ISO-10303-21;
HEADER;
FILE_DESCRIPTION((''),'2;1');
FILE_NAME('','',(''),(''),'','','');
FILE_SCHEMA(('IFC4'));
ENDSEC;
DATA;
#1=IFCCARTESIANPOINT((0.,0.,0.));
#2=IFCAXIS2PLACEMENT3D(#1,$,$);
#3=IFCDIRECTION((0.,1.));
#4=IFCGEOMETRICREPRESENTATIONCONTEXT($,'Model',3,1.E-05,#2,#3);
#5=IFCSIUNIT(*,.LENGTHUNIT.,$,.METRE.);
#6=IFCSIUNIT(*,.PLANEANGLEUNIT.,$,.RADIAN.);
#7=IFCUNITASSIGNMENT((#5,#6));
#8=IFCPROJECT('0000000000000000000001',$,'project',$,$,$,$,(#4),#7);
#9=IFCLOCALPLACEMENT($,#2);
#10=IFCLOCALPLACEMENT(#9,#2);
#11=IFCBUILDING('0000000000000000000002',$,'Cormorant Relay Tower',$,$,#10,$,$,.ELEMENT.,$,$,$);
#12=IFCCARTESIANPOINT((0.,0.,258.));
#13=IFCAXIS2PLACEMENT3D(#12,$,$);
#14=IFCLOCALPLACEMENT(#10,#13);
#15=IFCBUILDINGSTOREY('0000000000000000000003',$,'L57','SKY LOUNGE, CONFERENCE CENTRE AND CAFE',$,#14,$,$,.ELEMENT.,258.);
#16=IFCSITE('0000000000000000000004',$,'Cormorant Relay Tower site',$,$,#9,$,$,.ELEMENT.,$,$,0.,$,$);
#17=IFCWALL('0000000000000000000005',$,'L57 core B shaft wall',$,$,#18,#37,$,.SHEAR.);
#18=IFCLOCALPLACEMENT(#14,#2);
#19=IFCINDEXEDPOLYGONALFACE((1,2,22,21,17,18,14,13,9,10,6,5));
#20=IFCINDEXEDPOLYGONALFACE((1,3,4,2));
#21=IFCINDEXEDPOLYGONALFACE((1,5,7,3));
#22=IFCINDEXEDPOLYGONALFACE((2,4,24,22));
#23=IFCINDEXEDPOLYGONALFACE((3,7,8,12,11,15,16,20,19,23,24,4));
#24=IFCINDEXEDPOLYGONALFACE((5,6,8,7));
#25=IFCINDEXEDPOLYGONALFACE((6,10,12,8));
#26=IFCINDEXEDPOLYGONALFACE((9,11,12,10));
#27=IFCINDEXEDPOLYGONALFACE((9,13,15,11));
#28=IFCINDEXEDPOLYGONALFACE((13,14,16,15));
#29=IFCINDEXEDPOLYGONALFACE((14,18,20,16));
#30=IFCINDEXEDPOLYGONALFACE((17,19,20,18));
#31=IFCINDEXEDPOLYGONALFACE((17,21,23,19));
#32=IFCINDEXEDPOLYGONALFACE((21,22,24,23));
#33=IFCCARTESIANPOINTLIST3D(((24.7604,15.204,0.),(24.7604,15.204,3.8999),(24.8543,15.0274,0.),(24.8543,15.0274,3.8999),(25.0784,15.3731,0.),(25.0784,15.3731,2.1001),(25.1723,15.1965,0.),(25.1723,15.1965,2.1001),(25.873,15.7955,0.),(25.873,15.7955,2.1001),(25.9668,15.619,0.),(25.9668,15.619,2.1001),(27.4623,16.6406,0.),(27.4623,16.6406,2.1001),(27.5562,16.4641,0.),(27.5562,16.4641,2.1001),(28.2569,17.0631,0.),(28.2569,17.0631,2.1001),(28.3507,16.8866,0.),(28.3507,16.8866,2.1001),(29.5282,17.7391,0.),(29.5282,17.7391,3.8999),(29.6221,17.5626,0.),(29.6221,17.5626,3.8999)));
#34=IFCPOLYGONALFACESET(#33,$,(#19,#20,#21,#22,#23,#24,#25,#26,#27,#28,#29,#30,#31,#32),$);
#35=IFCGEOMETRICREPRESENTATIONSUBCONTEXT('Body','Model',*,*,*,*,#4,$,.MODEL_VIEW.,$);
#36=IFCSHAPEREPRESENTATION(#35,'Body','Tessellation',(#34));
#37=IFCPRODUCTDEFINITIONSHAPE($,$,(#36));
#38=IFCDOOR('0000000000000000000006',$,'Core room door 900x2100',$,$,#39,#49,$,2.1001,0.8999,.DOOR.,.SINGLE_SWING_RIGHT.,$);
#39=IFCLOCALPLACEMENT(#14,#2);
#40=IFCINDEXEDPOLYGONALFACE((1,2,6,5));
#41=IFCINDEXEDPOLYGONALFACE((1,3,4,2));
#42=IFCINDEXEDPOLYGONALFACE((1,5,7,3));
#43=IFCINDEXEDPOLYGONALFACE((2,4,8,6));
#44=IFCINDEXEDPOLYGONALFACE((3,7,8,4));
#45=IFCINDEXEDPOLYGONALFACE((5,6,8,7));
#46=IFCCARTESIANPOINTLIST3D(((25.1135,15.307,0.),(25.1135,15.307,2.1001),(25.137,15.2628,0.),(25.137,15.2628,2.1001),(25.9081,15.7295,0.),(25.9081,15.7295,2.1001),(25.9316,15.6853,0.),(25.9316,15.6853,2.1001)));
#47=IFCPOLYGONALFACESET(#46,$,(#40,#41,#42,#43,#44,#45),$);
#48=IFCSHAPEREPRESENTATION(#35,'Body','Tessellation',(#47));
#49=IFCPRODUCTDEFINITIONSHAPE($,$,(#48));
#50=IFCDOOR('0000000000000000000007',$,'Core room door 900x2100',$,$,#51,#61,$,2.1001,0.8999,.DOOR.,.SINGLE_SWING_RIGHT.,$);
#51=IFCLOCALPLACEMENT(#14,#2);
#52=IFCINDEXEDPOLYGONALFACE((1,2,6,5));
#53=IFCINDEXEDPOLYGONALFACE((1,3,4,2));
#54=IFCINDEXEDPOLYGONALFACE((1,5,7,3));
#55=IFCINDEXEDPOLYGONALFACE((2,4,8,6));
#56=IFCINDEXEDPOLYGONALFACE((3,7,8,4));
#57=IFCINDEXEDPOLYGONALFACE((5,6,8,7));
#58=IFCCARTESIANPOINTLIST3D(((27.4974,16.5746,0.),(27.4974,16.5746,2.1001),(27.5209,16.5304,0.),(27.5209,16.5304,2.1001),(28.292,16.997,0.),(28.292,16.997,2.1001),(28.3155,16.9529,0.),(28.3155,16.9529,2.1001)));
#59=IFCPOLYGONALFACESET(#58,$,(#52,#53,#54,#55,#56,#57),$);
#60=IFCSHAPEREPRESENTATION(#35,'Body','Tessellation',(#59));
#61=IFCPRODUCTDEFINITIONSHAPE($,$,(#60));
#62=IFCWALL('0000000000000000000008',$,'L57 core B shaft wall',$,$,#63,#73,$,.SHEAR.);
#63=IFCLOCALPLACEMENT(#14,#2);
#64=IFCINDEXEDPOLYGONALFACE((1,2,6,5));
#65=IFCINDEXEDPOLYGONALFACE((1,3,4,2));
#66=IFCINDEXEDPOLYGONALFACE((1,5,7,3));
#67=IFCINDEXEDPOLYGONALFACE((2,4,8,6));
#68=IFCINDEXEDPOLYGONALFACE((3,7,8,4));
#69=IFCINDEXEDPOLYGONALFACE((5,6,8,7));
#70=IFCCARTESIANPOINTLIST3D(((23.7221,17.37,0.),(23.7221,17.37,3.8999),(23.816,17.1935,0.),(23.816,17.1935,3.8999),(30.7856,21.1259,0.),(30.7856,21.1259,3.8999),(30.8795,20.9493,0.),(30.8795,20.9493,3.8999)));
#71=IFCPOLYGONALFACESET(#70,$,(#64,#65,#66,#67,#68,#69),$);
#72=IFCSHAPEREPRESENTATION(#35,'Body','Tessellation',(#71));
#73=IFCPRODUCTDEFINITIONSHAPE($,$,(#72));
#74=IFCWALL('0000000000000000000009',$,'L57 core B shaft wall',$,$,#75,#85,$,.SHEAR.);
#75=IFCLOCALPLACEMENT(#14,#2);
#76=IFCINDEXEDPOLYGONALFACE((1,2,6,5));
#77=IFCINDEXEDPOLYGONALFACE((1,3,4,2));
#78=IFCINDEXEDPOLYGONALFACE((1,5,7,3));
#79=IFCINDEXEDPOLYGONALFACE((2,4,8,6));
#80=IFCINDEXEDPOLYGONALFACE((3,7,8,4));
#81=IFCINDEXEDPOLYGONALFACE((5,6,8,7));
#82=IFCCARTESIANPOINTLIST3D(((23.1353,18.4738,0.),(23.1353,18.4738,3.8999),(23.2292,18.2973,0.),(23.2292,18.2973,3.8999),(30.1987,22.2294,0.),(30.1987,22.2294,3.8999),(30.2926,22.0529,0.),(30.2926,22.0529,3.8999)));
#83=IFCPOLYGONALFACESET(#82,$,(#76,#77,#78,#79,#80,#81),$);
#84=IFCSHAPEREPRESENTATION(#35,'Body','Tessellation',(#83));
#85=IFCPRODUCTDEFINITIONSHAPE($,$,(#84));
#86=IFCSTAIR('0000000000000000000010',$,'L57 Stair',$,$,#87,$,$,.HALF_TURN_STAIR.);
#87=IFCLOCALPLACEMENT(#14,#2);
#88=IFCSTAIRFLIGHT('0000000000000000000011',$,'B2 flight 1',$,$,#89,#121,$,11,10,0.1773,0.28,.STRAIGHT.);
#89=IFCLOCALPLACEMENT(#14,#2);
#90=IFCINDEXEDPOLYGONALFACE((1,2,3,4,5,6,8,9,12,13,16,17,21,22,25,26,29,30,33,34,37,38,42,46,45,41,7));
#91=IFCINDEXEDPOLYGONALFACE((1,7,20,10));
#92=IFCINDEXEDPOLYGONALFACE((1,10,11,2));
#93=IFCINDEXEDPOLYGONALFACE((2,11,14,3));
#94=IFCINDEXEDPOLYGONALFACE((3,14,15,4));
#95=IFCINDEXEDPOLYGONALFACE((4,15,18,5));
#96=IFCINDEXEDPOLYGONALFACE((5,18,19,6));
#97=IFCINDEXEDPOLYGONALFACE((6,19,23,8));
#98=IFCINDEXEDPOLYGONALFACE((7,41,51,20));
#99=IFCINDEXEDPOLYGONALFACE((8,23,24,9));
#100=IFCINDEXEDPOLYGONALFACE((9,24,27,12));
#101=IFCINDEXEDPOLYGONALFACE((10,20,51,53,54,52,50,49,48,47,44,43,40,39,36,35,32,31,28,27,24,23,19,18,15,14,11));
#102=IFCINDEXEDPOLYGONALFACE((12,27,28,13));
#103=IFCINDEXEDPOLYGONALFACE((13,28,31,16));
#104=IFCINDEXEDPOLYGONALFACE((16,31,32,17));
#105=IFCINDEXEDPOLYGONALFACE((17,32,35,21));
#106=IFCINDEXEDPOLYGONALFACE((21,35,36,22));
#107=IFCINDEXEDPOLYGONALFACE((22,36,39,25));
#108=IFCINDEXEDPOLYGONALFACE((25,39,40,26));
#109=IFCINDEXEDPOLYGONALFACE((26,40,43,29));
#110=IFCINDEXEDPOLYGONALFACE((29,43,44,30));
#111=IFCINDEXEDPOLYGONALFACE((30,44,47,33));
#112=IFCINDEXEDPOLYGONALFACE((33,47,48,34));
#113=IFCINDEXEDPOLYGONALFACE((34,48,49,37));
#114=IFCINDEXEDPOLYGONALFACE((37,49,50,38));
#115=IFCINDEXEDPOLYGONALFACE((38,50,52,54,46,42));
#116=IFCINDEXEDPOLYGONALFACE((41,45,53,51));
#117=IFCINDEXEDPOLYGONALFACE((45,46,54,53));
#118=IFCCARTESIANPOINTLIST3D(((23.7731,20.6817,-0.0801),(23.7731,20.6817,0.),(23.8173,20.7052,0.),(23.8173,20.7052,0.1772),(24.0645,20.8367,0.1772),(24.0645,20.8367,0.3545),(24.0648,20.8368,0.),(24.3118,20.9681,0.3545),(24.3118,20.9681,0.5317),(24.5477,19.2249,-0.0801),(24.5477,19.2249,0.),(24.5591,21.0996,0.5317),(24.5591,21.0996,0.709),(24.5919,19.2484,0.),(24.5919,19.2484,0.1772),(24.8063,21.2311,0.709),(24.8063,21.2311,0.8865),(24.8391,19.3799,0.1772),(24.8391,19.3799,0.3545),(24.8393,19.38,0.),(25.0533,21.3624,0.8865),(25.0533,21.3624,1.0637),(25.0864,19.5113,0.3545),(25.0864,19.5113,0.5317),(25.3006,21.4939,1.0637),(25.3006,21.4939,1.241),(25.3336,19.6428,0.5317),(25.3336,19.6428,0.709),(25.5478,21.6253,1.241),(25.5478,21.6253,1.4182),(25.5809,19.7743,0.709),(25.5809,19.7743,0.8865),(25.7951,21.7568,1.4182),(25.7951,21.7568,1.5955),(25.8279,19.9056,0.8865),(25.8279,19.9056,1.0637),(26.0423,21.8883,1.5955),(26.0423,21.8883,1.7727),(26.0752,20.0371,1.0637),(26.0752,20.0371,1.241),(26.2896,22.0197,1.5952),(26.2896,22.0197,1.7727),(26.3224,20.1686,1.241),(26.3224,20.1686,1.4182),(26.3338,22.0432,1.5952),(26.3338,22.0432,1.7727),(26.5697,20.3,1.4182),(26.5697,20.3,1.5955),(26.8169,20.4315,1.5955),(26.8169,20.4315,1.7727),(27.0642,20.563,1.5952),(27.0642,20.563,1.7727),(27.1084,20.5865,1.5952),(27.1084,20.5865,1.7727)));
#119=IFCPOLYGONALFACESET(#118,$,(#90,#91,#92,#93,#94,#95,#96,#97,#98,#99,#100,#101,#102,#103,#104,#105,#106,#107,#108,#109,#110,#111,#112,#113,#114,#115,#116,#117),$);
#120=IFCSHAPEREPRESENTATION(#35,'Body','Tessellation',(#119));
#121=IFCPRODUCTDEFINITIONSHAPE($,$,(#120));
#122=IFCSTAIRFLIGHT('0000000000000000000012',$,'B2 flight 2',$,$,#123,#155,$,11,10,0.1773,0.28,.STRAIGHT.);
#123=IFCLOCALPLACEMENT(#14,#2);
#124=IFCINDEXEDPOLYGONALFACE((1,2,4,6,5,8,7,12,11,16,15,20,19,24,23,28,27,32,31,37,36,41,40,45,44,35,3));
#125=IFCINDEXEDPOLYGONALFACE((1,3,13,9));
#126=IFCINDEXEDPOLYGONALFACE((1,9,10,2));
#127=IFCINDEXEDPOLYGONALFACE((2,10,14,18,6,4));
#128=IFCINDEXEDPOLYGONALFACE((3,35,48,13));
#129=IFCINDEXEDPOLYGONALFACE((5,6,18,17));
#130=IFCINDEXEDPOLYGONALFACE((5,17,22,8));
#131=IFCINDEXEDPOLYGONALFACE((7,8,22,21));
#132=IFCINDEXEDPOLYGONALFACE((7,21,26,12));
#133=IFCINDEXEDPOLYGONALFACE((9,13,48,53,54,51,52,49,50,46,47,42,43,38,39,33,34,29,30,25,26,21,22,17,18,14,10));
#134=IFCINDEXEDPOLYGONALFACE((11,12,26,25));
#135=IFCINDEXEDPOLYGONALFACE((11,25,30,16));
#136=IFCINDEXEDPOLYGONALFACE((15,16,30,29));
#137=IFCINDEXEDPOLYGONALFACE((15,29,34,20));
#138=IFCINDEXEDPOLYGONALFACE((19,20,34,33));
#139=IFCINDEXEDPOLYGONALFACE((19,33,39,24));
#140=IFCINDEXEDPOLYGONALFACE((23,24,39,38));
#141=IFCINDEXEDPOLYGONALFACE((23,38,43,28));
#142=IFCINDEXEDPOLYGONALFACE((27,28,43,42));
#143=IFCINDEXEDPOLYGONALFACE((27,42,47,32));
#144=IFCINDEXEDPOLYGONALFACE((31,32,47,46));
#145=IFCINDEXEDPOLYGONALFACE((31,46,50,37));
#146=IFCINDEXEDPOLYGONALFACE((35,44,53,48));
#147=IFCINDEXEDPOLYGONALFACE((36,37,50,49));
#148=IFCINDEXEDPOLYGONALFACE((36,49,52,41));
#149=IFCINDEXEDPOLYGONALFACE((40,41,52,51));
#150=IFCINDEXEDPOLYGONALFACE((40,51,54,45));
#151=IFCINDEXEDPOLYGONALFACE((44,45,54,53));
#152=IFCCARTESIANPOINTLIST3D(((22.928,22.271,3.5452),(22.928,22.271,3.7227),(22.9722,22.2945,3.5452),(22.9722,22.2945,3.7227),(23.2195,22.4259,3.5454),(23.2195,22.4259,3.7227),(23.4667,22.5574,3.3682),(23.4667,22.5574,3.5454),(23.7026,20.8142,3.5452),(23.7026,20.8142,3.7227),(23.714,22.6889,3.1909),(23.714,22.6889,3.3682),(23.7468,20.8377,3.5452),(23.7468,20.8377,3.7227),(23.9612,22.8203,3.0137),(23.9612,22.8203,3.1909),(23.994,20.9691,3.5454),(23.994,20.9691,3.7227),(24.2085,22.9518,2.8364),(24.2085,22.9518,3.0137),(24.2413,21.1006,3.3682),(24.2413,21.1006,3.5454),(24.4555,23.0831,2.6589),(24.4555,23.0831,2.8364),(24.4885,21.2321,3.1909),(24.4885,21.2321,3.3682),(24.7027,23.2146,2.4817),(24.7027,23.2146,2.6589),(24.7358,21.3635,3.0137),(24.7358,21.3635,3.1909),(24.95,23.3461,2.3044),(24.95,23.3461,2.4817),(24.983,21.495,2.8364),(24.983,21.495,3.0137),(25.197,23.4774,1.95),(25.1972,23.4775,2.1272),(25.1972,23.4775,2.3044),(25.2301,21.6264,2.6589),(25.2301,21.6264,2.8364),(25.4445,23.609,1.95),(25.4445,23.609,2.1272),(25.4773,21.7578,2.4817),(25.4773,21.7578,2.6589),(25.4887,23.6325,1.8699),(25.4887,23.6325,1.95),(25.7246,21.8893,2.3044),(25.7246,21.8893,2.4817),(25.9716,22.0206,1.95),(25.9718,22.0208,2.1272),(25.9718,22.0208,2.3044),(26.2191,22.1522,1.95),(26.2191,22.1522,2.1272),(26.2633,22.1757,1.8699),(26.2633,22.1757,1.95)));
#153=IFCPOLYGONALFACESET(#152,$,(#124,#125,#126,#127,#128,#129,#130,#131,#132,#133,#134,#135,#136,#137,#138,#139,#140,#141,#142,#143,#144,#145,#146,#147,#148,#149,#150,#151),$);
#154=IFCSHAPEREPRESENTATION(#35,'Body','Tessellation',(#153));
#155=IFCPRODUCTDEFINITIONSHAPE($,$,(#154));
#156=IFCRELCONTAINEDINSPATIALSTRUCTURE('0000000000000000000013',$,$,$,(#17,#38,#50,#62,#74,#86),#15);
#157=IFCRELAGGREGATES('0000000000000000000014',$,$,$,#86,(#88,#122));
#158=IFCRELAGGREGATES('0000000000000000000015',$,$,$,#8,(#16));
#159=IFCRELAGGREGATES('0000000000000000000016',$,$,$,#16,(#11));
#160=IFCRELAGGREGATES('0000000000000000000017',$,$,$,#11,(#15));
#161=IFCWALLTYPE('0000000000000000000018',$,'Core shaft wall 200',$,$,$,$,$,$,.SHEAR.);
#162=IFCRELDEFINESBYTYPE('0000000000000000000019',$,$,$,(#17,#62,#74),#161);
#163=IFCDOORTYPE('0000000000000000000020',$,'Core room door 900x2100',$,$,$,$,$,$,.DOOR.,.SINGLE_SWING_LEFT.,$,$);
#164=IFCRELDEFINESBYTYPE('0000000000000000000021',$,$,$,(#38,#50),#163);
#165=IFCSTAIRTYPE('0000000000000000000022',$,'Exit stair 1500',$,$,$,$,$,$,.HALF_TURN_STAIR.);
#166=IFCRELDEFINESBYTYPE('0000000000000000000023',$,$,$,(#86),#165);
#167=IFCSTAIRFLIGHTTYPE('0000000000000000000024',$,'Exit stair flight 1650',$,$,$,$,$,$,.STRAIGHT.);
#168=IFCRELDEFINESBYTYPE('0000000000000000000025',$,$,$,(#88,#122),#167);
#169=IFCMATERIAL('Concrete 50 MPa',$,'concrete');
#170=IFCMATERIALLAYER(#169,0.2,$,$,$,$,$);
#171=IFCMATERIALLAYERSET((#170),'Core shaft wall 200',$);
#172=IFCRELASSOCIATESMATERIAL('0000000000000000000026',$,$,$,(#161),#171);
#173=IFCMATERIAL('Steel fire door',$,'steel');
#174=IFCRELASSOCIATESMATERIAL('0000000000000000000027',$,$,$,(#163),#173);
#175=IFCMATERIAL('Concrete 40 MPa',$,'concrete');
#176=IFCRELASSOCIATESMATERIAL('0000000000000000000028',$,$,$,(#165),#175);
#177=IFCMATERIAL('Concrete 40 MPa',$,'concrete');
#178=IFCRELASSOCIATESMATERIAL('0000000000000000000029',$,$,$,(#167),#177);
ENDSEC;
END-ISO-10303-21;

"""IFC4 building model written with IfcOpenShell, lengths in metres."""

from ifc_helpers import new_model, si_unit, direction, frame, frame_2d, origin, place, context, subcontext, project, spatial, polyline, rectangle, outline, extrude, material, layer, layer_set, type_object, element, fill, aggregate, save


model = new_model("IFC4")

# Units and contexts
model_context = context("Model", 3, precision=1e-05, world=origin(), true_north=direction((0.0, 1.0)))
body_context = subcontext(model_context, "Body", "Model", "MODEL_VIEW")
ifc_project = project(units=[si_unit("LENGTHUNIT", "METRE"), si_unit("PLANEANGLEUNIT", "RADIAN")], contexts=[model_context])

# Site, building, storey
site_placement = place(None, origin())
site = spatial("IfcSite", under=ifc_project, at=site_placement, Name="Cormorant Relay Tower site", CompositionType="ELEMENT", RefElevation=0.0)
building_placement = place(site_placement, origin())
building = spatial("IfcBuilding", under=site, at=building_placement, Name="Cormorant Relay Tower", CompositionType="ELEMENT")
storey_placement = place(building_placement, frame((0.0, 0.0, 258.0)))
storey = spatial("IfcBuildingStorey", under=building, at=storey_placement, Name="L57", Description="SKY LOUNGE, CONFERENCE CENTRE AND CAFE", CompositionType="ELEMENT", Elevation=258.0)

# Shared definitions
ifc_material_1 = material(Name="Concrete 50 MPa", Category="concrete")
ifc_layer_1 = layer(ifc_material_1, 0.2)
ifc_layer_set_1 = layer_set([ifc_layer_1], Name="Core shaft wall 200")
wall_type_1 = type_object("IfcWallType", Name="Core shaft wall 200", PredefinedType="SHEAR", material=ifc_layer_set_1)
ifc_material_2 = material(Name="Steel fire door", Category="steel")
door_type_1 = type_object("IfcDoorType", Name="Core room door 900x2100", OperationType="SINGLE_SWING_LEFT", PredefinedType="DOOR", material=ifc_material_2)

# Wall, openings, doors
wall_1_placement = place(storey_placement, frame((24.8074, 15.1157, 0.0), z_axis=(0.0, 0.0, 1.0), x_axis=(0.882943, 0.46948, 0.0)))
wall_1 = element("IfcWall", 1, at=wall_1_placement, inside=storey, type_object=wall_type_1, Name="L57 core B shaft wall", PredefinedType="SHEAR", context=body_context, shape_type="SweptSolid", body=[
    extrude(rectangle(XDim=5.3999, YDim=0.2, at=frame_2d((2.7, 0.0))), origin(), (0.0, 0.0, 1.0), 3.8999),
])
opening_1_placement = place(wall_1_placement, frame((0.3601, 0.0, 0.0)))
opening_1 = element("IfcOpeningElement", 2, at=opening_1_placement, cuts=wall_1, PredefinedType="OPENING", context=body_context, shape_type="SweptSolid", body=[
    extrude(rectangle(XDim=0.8999, YDim=2.1001, at=frame_2d((0.45, 1.05))), frame((0.0, 0.1099, 0.0), z_axis=(0.0, -1.0, 0.0), x_axis=(1.0, 0.0, 0.0)), (0.0, 0.0, 1.0), 0.22),
])
opening_2_placement = place(wall_1_placement, frame((3.0601, 0.0, 0.0)))
opening_2 = element("IfcOpeningElement", 3, at=opening_2_placement, cuts=wall_1, PredefinedType="OPENING", context=body_context, shape_type="SweptSolid", body=[
    extrude(rectangle(XDim=0.8999, YDim=2.1001, at=frame_2d((0.45, 1.05))), frame((0.0, 0.1099, 0.0), z_axis=(0.0, -1.0, 0.0), x_axis=(1.0, 0.0, 0.0)), (0.0, 0.0, 1.0), 0.22),
])
door_1_placement = place(opening_1_placement, frame((0.8999, 0.0, 0.0), z_axis=(0.0, 0.0, 1.0), x_axis=(-1.0, 0.0, 0.0)))
door_1 = element("IfcDoor", 4, at=door_1_placement, inside=storey, type_object=door_type_1, Name="Core room door 900x2100", OperationType="SINGLE_SWING_RIGHT", OverallHeight=2.1001, OverallWidth=0.8999, PredefinedType="DOOR", context=body_context, shape_type="SweptSolid", body=[
    extrude(rectangle(XDim=0.8999, YDim=2.1001, at=frame_2d((0.45, 1.05))), frame((0.0, 0.0249, 0.0), z_axis=(0.0, -1.0, 0.0), x_axis=(1.0, 0.0, 0.0)), (0.0, 0.0, 1.0), 0.05),
])
fill(opening_1, door_1)
door_2_placement = place(opening_2_placement, frame((0.8999, 0.0, 0.0), z_axis=(0.0, 0.0, 1.0), x_axis=(-1.0, 0.0, 0.0)))
door_2 = element("IfcDoor", 5, at=door_2_placement, inside=storey, type_object=door_type_1, Name="Core room door 900x2100", OperationType="SINGLE_SWING_RIGHT", OverallHeight=2.1001, OverallWidth=0.8999, PredefinedType="DOOR", context=body_context, shape_type="SweptSolid", body=[
    extrude(rectangle(XDim=0.8999, YDim=2.1001, at=frame_2d((0.45, 1.05))), frame((0.0, 0.0249, 0.0), z_axis=(0.0, -1.0, 0.0), x_axis=(1.0, 0.0, 0.0)), (0.0, 0.0, 1.0), 0.05),
])
fill(opening_2, door_2)

# Walls
wall_2_placement = place(storey_placement, frame((23.769, 17.2817, 0.0), z_axis=(0.0, 0.0, 1.0), x_axis=(0.88294, 0.469485, 0.0)))
element("IfcWall", 6, at=wall_2_placement, inside=storey, type_object=wall_type_1, Name="L57 core B shaft wall", PredefinedType="SHEAR", context=body_context, shape_type="SweptSolid", body=[
    extrude(rectangle(XDim=8.0, YDim=0.2, at=frame_2d((4.0, 0.0))), origin(), (0.0, 0.0, 1.0), 3.8999),
])
wall_3_placement = place(storey_placement, frame((23.1821, 18.3855, 0.0), z_axis=(0.0, 0.0, 1.0), x_axis=(0.882953, 0.469462, 0.0)))
element("IfcWall", 7, at=wall_3_placement, inside=storey, type_object=wall_type_1, Name="L57 core B shaft wall", PredefinedType="SHEAR", context=body_context, shape_type="SweptSolid", body=[
    extrude(rectangle(XDim=7.9998, YDim=0.2, at=frame_2d((4.0, 0.0))), origin(), (0.0, 0.0, 1.0), 3.8999),
])

# Stair, stair flights
ifc_material_3 = material(Name="Concrete 40 MPa", Category="concrete")
stair_type = type_object("IfcStairType", Name="Exit stair 1500", PredefinedType="HALF_TURN_STAIR", material=ifc_material_3)
stair_placement = place(storey_placement, origin())
stair = element("IfcStair", 8, at=stair_placement, inside=storey, type_object=stair_type, Name="L57 Stair", PredefinedType="HALF_TURN_STAIR")
ifc_material_4 = material(Name="Concrete 40 MPa", Category="concrete")
stair_flight_type = type_object("IfcStairFlightType", Name="Exit stair flight 1650", PredefinedType="STRAIGHT", material=ifc_material_4)
stair_flight_1_placement = place(storey_placement, frame((24.2046, 19.9768, 0.0), z_axis=(0.0, 0.0, 1.0), x_axis=(0.882948, 0.469472, 0.0)))
stair_flight_1 = element("IfcStairFlight", 9, at=stair_flight_1_placement, type_object=stair_flight_type, Name="B2 flight 1", NumberOfRisers=11, NumberOfTreads=10, PredefinedType="STRAIGHT", RiserHeight=0.1773, TreadLength=0.28, context=body_context, shape_type="SweptSolid", body=[
    extrude(outline(polyline([(-0.05, -0.0801), (-0.05, 0.0), (0.0, 0.0), (0.0, 0.1772), (0.28, 0.1772), (0.28, 0.3545), (0.5601, 0.3545), (0.5601, 0.5317), (0.8401, 0.5317), (0.8401, 0.709), (1.1201, 0.709), (1.1201, 0.8865), (1.3999, 0.8865), (1.3999, 1.0637), (1.6799, 1.0637), (1.6799, 1.241), (1.96, 1.241), (1.96, 1.4182), (2.24, 1.4182), (2.24, 1.5955), (2.52, 1.5955), (2.52, 1.7727), (2.8, 1.7727), (2.8501, 1.7727), (2.8501, 1.5952), (2.8, 1.5952), (0.2803, 0.0), (-0.05, -0.0801)])), frame((0.0, 0.825, 0.0), z_axis=(0.0, -1.0, 0.0), x_axis=(1.0, 0.0, 0.0)), (0.0, 0.0, 1.0), 1.6499),
])
stair_flight_2_placement = place(storey_placement, frame((25.8318, 22.8806, 1.95), z_axis=(0.0, 0.0, 1.0), x_axis=(-0.882948, -0.469472, 0.0)))
stair_flight_2 = element("IfcStairFlight", 10, at=stair_flight_2_placement, type_object=stair_flight_type, Name="B2 flight 2", NumberOfRisers=11, NumberOfTreads=10, PredefinedType="STRAIGHT", RiserHeight=0.1773, TreadLength=0.28, context=body_context, shape_type="SweptSolid", body=[
    extrude(outline(polyline([(-0.05, -0.0801), (-0.05, 0.0), (0.0, 0.0), (0.0, 0.1772), (0.28, 0.1772), (0.28, 0.3545), (0.5601, 0.3545), (0.5601, 0.5317), (0.8401, 0.5317), (0.8401, 0.709), (1.1201, 0.709), (1.1201, 0.8865), (1.3999, 0.8865), (1.3999, 1.0637), (1.6799, 1.0637), (1.6799, 1.241), (1.96, 1.241), (1.96, 1.4182), (2.24, 1.4182), (2.24, 1.5955), (2.52, 1.5955), (2.52, 1.7727), (2.8, 1.7727), (2.8501, 1.7727), (2.8501, 1.5952), (2.8, 1.5952), (0.2803, 0.0), (-0.05, -0.0801)])), frame((0.0, 0.825, 0.0), z_axis=(0.0, -1.0, 0.0), x_axis=(1.0, 0.0, 0.0)), (0.0, 0.0, 1.0), 1.6499),
])
aggregate(stair, [stair_flight_1, stair_flight_2])

save(model, "model.ifc")
